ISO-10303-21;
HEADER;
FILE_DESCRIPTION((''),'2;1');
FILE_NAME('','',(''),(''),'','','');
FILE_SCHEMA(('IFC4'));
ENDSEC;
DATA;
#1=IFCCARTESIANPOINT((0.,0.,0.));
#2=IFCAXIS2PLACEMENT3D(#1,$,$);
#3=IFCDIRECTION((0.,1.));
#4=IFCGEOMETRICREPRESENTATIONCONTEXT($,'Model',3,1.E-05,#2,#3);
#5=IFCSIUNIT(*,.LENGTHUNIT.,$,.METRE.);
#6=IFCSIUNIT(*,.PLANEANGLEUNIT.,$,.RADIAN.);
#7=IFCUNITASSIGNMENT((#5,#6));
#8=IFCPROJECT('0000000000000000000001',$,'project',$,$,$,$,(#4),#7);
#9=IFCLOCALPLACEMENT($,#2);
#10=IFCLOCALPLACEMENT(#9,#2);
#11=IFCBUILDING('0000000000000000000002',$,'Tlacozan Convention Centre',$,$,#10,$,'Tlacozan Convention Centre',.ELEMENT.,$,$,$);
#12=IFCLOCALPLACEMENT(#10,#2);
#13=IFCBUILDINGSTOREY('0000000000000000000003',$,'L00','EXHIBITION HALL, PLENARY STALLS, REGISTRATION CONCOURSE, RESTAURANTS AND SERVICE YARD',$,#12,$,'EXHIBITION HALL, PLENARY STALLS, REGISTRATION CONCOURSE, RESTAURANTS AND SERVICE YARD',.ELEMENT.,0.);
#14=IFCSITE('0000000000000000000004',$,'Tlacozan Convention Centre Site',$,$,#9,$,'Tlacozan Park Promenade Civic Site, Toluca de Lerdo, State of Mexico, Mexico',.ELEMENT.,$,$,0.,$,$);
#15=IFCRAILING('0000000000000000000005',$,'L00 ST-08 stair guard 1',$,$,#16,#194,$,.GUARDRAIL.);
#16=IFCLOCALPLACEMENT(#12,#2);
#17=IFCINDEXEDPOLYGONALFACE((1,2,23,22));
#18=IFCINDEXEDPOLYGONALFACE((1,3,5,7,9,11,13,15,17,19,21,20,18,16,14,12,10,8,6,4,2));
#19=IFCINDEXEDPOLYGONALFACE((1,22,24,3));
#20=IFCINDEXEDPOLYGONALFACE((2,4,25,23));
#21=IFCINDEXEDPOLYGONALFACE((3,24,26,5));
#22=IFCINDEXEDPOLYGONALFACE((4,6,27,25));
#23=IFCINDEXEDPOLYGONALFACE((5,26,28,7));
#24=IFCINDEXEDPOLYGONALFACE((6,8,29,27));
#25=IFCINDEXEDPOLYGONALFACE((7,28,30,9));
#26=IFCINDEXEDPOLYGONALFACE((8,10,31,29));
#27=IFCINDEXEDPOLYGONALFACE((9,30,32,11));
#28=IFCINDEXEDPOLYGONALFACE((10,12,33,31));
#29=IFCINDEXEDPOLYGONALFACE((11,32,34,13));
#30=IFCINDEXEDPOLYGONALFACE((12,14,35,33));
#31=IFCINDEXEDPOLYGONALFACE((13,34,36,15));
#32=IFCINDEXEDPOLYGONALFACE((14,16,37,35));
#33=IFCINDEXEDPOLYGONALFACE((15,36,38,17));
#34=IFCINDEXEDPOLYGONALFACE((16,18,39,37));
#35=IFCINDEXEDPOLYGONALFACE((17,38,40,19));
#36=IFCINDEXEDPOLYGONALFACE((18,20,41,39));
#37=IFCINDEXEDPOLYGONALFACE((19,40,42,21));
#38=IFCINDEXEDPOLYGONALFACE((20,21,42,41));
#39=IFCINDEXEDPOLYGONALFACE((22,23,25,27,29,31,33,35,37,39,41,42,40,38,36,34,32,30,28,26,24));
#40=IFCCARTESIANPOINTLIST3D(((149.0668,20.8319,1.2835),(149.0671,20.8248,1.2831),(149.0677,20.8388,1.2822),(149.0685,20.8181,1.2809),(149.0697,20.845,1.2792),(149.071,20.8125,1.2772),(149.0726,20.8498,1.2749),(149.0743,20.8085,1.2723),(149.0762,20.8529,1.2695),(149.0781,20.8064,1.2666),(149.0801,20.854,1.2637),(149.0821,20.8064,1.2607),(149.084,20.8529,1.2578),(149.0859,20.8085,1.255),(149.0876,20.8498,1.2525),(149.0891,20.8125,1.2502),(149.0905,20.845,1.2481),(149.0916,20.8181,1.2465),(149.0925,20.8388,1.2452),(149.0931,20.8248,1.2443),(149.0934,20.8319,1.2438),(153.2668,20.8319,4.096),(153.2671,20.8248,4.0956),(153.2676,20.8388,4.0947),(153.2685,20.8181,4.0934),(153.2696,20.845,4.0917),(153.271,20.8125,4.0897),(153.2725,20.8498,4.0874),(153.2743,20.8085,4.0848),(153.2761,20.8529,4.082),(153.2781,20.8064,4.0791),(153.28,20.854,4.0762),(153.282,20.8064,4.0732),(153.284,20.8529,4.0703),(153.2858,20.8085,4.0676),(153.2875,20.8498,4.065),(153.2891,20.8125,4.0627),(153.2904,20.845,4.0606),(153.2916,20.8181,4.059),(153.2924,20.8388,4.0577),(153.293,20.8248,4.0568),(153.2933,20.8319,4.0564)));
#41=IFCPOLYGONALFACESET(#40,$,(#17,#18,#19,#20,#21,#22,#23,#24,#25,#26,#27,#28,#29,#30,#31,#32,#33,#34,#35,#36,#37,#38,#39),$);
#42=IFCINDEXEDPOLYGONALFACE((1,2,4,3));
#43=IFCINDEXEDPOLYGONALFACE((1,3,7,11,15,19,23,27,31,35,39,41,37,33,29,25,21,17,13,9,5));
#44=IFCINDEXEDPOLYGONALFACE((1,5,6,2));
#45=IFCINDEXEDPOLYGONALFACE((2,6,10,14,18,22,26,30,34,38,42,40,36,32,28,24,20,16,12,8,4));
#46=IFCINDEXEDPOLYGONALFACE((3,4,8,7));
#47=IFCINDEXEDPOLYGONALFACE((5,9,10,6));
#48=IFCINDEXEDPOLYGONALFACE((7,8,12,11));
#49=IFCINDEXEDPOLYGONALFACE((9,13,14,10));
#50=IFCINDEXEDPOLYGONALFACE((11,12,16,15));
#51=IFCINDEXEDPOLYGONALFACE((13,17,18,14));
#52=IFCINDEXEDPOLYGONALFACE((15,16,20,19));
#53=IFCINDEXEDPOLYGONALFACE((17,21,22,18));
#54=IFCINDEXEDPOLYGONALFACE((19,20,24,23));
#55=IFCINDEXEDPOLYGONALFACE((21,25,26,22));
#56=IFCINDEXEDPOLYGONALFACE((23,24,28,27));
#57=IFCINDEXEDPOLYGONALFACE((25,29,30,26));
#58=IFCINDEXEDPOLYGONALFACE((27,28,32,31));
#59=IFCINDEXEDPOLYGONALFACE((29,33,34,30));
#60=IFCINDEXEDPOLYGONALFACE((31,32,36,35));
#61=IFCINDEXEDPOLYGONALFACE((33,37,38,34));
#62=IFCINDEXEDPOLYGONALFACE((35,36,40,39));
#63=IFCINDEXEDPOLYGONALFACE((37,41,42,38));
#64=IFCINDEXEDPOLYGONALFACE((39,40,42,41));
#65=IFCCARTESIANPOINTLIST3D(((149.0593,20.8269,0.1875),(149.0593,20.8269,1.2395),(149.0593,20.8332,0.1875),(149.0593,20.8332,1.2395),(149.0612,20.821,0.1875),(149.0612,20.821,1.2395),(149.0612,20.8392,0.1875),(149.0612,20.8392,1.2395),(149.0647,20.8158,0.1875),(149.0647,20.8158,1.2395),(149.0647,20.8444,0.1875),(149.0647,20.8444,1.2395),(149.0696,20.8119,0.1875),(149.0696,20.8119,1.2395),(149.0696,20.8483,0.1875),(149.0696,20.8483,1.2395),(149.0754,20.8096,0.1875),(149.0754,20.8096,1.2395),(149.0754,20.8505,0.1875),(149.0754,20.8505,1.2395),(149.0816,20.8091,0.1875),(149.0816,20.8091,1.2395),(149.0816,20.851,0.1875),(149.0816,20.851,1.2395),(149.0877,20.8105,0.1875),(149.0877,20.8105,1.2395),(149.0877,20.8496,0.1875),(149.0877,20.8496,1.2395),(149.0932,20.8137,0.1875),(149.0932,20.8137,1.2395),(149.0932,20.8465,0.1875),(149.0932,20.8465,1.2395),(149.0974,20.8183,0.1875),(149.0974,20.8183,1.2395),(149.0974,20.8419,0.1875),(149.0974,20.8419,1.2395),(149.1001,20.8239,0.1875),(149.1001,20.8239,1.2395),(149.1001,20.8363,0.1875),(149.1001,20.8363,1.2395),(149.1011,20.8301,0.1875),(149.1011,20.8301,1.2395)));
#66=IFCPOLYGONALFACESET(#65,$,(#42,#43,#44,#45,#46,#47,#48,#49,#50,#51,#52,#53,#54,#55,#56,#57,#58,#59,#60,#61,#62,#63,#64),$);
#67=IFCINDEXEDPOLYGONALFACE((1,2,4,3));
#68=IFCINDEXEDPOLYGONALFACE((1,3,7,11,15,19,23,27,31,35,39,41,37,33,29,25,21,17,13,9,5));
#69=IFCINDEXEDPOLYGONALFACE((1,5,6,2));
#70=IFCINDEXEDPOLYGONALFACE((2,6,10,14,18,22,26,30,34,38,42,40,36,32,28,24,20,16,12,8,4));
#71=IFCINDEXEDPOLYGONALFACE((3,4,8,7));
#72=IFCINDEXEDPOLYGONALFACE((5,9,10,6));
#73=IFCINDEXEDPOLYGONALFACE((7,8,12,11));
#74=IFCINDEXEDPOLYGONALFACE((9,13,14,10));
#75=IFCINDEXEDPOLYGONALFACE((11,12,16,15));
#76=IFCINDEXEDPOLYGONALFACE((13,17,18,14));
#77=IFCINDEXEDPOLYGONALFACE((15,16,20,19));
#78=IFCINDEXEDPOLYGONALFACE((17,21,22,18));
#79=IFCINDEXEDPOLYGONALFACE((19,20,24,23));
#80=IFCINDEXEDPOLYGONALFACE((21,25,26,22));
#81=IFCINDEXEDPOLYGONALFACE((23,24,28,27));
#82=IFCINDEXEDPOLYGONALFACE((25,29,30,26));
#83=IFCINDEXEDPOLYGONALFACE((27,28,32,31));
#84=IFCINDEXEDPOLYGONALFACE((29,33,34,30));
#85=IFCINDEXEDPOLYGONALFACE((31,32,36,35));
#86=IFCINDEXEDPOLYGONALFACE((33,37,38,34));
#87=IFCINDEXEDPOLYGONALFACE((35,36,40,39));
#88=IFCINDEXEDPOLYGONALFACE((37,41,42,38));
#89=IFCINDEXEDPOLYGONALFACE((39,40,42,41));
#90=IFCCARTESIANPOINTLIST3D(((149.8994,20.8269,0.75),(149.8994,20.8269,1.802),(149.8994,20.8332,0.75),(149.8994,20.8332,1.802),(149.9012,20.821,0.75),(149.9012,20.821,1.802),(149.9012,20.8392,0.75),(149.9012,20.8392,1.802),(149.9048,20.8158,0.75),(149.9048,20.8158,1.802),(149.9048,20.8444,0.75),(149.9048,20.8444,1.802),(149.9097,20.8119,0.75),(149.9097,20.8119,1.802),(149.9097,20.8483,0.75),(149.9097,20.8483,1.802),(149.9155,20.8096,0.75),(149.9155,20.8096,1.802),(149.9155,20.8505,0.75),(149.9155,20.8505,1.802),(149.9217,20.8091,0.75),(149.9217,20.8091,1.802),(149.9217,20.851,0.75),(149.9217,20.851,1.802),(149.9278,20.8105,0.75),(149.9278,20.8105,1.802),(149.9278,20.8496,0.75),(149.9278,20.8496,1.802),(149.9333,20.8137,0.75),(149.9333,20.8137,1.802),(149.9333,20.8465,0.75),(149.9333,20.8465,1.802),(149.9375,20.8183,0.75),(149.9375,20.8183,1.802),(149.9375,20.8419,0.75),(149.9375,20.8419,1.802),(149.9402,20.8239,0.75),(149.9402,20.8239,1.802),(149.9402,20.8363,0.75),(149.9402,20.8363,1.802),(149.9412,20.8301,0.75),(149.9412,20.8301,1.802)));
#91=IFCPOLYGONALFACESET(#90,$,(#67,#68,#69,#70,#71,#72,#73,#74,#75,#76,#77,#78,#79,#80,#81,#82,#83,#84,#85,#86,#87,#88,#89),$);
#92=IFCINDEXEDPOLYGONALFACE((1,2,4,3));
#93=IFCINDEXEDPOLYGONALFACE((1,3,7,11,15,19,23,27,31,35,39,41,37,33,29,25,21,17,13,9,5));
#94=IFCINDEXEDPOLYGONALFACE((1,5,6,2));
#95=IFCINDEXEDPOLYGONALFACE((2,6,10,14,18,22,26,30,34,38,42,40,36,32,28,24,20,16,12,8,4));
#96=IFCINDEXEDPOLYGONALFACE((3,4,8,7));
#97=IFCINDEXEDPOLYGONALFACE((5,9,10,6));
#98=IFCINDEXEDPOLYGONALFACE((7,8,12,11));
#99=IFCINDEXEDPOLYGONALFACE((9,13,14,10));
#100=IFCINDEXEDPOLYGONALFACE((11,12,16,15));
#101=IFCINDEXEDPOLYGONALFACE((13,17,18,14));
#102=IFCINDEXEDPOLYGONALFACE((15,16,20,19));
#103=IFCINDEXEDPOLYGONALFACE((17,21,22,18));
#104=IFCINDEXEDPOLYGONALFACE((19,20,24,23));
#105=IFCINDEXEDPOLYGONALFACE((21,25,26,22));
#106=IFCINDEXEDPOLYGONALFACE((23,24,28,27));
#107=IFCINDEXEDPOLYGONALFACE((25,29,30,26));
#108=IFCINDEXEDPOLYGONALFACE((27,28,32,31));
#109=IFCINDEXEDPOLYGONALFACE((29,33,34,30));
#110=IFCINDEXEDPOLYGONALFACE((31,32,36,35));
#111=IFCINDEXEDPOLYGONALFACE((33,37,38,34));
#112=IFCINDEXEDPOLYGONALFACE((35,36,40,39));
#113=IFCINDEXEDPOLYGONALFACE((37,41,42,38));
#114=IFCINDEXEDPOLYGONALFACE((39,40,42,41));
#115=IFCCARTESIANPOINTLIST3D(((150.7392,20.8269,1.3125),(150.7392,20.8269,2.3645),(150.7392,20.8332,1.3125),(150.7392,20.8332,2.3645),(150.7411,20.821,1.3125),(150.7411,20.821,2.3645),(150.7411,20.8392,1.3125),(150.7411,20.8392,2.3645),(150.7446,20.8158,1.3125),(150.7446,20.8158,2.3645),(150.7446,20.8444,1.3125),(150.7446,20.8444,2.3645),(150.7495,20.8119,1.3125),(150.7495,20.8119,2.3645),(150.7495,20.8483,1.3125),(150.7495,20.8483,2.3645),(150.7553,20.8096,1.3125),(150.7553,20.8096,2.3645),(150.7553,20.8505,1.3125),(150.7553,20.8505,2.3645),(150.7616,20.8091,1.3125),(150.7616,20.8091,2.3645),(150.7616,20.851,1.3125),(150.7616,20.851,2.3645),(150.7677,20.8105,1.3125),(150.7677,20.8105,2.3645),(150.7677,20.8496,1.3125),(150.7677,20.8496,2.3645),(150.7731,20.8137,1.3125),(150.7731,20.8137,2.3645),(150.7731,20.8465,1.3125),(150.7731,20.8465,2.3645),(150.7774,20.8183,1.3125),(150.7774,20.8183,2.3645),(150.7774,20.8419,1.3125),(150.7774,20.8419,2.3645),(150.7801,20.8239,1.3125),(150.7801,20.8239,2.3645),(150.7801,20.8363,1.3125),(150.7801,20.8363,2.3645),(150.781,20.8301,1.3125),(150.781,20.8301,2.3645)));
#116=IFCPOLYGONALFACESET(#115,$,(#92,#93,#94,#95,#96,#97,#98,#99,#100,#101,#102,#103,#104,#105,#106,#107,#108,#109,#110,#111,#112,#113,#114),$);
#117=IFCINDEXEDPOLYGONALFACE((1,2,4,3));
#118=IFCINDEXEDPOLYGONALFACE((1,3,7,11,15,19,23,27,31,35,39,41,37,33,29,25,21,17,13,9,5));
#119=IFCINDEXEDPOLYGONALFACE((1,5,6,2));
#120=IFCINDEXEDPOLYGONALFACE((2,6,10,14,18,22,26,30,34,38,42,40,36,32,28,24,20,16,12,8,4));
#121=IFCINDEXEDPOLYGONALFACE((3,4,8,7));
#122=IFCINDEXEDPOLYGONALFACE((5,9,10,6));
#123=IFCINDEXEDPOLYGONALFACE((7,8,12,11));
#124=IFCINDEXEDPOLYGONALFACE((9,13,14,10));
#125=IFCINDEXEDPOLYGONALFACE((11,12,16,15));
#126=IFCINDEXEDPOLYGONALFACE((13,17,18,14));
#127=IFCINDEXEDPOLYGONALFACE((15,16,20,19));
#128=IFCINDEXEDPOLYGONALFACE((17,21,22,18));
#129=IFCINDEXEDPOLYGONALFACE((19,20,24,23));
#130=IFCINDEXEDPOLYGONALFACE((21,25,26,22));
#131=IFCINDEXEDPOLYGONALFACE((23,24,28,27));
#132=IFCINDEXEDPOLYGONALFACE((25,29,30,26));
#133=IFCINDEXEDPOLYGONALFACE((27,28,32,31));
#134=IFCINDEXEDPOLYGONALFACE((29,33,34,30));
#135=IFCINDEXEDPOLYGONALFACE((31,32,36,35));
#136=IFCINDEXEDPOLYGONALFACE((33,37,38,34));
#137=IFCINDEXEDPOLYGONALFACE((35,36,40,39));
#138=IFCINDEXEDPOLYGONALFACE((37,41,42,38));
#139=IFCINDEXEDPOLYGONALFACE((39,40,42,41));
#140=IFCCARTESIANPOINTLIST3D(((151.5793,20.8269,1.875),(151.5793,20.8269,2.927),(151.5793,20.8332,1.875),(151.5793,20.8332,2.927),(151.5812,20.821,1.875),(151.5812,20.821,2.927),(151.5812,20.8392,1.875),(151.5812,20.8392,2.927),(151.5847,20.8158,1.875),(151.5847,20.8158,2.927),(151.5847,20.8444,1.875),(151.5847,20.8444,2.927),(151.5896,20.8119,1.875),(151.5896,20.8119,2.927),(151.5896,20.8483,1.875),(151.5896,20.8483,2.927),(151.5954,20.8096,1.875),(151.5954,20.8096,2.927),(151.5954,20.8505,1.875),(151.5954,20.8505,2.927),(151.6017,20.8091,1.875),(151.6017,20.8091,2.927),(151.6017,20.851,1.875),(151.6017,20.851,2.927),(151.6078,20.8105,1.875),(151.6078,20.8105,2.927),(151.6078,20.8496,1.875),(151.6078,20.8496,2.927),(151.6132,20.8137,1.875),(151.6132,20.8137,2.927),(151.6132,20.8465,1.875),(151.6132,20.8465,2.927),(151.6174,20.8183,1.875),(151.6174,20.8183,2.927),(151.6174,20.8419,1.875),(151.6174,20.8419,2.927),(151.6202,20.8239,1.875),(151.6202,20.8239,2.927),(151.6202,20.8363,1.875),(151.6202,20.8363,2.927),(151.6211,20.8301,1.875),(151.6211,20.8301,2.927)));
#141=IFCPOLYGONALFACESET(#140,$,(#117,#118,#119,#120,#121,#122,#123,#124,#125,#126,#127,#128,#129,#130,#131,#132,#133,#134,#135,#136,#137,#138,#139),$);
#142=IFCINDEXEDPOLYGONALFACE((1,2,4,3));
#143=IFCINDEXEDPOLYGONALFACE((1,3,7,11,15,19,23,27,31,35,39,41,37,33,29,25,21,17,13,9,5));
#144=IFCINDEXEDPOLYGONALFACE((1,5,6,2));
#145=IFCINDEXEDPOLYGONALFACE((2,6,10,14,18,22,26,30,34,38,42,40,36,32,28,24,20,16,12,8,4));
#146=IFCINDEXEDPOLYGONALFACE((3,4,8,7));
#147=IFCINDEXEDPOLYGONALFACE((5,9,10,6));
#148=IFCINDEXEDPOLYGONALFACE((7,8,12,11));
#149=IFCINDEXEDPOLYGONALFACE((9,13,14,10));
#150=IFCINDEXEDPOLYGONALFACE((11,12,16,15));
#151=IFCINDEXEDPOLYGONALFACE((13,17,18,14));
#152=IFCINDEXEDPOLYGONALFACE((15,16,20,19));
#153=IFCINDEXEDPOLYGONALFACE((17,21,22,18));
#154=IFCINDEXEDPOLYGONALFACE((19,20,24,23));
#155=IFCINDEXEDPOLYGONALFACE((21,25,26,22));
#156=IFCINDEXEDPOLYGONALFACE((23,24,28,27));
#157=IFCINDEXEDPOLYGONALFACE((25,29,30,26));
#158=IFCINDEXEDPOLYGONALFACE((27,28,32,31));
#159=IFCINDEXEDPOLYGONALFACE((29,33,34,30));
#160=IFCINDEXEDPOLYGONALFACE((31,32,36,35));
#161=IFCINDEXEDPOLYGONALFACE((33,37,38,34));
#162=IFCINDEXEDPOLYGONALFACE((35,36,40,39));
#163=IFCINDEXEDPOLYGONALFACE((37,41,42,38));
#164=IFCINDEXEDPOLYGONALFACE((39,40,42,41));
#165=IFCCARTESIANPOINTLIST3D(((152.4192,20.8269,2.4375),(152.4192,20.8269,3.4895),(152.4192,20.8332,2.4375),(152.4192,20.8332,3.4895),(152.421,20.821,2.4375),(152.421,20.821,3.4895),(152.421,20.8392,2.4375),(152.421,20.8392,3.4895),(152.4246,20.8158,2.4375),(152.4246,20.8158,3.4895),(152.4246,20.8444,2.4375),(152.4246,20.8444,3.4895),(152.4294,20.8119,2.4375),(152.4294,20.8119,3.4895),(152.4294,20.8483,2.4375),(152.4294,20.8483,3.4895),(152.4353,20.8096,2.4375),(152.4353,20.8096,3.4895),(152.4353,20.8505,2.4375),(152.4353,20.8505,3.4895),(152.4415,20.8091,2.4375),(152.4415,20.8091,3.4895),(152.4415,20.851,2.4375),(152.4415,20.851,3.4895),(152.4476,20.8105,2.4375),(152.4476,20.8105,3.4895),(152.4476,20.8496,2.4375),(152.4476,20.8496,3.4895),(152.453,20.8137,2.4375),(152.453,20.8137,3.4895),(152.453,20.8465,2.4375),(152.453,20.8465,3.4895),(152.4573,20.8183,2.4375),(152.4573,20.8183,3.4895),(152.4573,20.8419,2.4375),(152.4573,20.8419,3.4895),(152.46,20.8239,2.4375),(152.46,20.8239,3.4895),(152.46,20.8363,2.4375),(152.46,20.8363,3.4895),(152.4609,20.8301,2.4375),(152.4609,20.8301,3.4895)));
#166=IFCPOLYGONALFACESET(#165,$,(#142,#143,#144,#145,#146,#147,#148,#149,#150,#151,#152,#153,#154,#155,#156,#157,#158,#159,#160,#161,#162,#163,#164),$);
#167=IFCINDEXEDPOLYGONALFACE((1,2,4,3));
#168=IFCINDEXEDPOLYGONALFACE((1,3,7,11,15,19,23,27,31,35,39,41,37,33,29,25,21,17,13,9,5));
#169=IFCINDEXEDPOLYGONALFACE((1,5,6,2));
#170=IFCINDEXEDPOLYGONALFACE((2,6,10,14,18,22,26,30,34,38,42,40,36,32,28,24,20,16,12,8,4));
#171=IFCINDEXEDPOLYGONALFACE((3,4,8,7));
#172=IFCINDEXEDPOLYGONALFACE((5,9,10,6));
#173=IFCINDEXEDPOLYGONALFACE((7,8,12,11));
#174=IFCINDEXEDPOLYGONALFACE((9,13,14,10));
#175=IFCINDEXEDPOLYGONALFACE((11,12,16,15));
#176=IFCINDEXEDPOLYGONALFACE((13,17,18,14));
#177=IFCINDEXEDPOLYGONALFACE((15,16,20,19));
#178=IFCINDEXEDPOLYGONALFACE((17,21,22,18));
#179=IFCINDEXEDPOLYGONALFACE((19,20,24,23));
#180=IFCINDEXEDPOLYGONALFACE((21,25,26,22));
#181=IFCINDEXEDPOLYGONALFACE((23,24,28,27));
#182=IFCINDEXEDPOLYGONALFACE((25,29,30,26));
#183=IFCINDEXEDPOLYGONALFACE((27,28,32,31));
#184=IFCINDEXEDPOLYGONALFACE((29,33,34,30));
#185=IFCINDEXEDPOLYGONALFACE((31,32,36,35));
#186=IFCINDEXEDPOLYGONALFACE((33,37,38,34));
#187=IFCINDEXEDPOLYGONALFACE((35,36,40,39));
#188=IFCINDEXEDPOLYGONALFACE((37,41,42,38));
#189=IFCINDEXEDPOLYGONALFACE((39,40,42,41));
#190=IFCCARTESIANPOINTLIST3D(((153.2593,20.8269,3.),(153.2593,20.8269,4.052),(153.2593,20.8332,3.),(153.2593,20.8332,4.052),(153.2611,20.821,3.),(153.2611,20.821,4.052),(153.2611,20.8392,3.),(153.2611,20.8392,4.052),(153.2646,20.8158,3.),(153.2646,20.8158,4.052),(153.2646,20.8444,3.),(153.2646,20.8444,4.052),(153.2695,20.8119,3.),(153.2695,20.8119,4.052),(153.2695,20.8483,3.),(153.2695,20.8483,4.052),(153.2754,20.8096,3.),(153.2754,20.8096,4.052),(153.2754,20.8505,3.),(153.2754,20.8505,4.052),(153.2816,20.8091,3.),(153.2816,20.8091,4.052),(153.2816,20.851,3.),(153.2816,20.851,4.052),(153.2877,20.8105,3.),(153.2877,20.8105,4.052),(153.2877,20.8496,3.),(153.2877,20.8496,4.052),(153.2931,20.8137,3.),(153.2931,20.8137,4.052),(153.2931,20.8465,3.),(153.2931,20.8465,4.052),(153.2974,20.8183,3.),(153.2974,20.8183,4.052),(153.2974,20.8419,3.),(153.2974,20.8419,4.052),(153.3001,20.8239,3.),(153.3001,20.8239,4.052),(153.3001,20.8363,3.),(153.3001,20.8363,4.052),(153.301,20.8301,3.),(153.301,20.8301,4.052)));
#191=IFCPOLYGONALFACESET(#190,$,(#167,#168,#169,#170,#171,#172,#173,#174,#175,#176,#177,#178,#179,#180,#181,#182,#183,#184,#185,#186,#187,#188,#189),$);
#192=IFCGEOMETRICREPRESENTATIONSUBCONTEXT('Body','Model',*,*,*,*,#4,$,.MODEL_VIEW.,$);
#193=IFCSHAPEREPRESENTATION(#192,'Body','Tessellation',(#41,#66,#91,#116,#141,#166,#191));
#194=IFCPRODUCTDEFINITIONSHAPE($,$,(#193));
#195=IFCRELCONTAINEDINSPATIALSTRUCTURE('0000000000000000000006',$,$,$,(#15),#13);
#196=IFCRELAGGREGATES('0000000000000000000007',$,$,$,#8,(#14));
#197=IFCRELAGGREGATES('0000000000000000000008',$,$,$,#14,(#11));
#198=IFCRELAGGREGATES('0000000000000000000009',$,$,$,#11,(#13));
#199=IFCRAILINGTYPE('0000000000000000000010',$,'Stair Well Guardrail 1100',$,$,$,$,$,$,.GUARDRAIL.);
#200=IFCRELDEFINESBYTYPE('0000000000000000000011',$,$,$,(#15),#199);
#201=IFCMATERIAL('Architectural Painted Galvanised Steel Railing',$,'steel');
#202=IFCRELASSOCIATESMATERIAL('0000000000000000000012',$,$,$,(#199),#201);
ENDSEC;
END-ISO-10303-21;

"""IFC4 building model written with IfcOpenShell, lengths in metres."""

from ifc_helpers import new_model, si_unit, direction, frame, origin, origin_2d, place, context, subcontext, project, spatial, circle, extrude, material, type_object, element, save


model = new_model("IFC4")

# Units and contexts
model_context = context("Model", 3, precision=1e-05, world=origin(), true_north=direction((0.0, 1.0)))
body_context = subcontext(model_context, "Body", "Model", "MODEL_VIEW")
ifc_project = project(units=[si_unit("LENGTHUNIT", "METRE"), si_unit("PLANEANGLEUNIT", "RADIAN")], contexts=[model_context])

# Site, building, storey
site_placement = place(None, origin())
site = spatial("IfcSite", under=ifc_project, at=site_placement, Name="Tlacozan Convention Centre Site", LongName="Tlacozan Park Promenade Civic Site, Toluca de Lerdo, State of Mexico, Mexico", CompositionType="ELEMENT", RefElevation=0.0)
building_placement = place(site_placement, origin())
building = spatial("IfcBuilding", under=site, at=building_placement, Name="Tlacozan Convention Centre", LongName="Tlacozan Convention Centre", CompositionType="ELEMENT")
storey_placement = place(building_placement, origin())
storey = spatial("IfcBuildingStorey", under=building, at=storey_placement, Name="L00", Description="EXHIBITION HALL, PLENARY STALLS, REGISTRATION CONCOURSE, RESTAURANTS AND SERVICE YARD", LongName="EXHIBITION HALL, PLENARY STALLS, REGISTRATION CONCOURSE, RESTAURANTS AND SERVICE YARD", CompositionType="ELEMENT", Elevation=0.0)

# Railing
ifc_material_1 = material(Name="Architectural Painted Galvanised Steel Railing", Category="steel")
railing_type_1 = type_object("IfcRailingType", Name="Stair Well Guardrail 1100", PredefinedType="GUARDRAIL", material=ifc_material_1)
railing_1_placement = place(storey_placement, frame((149.0801, 20.8301, 0.1875)))
element("IfcRailing", 1, at=railing_1_placement, inside=storey, type_object=railing_type_1, Name="L00 ST-08 stair guard 1", PredefinedType="GUARDRAIL", context=body_context, shape_type="SweptSolid", body=[
    extrude(circle(Radius=0.0239, at=origin_2d()), frame((0.0, 0.0, 1.0762), z_axis=(0.830904, 0.0, 0.556416), x_axis=(0.0, 1.0, 0.0)), (0.0, 0.0, 1.0), 5.0547),
    extrude(circle(Radius=0.021, at=origin_2d()), origin(), (0.0, 0.0, 1.0), 1.052),
    extrude(circle(Radius=0.021, at=origin_2d()), frame((0.8401, 0.0, 0.5625)), (0.0, 0.0, 1.0), 1.052),
    extrude(circle(Radius=0.021, at=origin_2d()), frame((1.6799, 0.0, 1.125)), (0.0, 0.0, 1.0), 1.052),
    extrude(circle(Radius=0.021, at=origin_2d()), frame((2.52, 0.0, 1.6875)), (0.0, 0.0, 1.0), 1.052),
    extrude(circle(Radius=0.021, at=origin_2d()), frame((3.3599, 0.0, 2.25)), (0.0, 0.0, 1.0), 1.052),
    extrude(circle(Radius=0.021, at=origin_2d()), frame((4.2, 0.0, 2.8125)), (0.0, 0.0, 1.0), 1.052),
])

save(model, "model.ifc")
